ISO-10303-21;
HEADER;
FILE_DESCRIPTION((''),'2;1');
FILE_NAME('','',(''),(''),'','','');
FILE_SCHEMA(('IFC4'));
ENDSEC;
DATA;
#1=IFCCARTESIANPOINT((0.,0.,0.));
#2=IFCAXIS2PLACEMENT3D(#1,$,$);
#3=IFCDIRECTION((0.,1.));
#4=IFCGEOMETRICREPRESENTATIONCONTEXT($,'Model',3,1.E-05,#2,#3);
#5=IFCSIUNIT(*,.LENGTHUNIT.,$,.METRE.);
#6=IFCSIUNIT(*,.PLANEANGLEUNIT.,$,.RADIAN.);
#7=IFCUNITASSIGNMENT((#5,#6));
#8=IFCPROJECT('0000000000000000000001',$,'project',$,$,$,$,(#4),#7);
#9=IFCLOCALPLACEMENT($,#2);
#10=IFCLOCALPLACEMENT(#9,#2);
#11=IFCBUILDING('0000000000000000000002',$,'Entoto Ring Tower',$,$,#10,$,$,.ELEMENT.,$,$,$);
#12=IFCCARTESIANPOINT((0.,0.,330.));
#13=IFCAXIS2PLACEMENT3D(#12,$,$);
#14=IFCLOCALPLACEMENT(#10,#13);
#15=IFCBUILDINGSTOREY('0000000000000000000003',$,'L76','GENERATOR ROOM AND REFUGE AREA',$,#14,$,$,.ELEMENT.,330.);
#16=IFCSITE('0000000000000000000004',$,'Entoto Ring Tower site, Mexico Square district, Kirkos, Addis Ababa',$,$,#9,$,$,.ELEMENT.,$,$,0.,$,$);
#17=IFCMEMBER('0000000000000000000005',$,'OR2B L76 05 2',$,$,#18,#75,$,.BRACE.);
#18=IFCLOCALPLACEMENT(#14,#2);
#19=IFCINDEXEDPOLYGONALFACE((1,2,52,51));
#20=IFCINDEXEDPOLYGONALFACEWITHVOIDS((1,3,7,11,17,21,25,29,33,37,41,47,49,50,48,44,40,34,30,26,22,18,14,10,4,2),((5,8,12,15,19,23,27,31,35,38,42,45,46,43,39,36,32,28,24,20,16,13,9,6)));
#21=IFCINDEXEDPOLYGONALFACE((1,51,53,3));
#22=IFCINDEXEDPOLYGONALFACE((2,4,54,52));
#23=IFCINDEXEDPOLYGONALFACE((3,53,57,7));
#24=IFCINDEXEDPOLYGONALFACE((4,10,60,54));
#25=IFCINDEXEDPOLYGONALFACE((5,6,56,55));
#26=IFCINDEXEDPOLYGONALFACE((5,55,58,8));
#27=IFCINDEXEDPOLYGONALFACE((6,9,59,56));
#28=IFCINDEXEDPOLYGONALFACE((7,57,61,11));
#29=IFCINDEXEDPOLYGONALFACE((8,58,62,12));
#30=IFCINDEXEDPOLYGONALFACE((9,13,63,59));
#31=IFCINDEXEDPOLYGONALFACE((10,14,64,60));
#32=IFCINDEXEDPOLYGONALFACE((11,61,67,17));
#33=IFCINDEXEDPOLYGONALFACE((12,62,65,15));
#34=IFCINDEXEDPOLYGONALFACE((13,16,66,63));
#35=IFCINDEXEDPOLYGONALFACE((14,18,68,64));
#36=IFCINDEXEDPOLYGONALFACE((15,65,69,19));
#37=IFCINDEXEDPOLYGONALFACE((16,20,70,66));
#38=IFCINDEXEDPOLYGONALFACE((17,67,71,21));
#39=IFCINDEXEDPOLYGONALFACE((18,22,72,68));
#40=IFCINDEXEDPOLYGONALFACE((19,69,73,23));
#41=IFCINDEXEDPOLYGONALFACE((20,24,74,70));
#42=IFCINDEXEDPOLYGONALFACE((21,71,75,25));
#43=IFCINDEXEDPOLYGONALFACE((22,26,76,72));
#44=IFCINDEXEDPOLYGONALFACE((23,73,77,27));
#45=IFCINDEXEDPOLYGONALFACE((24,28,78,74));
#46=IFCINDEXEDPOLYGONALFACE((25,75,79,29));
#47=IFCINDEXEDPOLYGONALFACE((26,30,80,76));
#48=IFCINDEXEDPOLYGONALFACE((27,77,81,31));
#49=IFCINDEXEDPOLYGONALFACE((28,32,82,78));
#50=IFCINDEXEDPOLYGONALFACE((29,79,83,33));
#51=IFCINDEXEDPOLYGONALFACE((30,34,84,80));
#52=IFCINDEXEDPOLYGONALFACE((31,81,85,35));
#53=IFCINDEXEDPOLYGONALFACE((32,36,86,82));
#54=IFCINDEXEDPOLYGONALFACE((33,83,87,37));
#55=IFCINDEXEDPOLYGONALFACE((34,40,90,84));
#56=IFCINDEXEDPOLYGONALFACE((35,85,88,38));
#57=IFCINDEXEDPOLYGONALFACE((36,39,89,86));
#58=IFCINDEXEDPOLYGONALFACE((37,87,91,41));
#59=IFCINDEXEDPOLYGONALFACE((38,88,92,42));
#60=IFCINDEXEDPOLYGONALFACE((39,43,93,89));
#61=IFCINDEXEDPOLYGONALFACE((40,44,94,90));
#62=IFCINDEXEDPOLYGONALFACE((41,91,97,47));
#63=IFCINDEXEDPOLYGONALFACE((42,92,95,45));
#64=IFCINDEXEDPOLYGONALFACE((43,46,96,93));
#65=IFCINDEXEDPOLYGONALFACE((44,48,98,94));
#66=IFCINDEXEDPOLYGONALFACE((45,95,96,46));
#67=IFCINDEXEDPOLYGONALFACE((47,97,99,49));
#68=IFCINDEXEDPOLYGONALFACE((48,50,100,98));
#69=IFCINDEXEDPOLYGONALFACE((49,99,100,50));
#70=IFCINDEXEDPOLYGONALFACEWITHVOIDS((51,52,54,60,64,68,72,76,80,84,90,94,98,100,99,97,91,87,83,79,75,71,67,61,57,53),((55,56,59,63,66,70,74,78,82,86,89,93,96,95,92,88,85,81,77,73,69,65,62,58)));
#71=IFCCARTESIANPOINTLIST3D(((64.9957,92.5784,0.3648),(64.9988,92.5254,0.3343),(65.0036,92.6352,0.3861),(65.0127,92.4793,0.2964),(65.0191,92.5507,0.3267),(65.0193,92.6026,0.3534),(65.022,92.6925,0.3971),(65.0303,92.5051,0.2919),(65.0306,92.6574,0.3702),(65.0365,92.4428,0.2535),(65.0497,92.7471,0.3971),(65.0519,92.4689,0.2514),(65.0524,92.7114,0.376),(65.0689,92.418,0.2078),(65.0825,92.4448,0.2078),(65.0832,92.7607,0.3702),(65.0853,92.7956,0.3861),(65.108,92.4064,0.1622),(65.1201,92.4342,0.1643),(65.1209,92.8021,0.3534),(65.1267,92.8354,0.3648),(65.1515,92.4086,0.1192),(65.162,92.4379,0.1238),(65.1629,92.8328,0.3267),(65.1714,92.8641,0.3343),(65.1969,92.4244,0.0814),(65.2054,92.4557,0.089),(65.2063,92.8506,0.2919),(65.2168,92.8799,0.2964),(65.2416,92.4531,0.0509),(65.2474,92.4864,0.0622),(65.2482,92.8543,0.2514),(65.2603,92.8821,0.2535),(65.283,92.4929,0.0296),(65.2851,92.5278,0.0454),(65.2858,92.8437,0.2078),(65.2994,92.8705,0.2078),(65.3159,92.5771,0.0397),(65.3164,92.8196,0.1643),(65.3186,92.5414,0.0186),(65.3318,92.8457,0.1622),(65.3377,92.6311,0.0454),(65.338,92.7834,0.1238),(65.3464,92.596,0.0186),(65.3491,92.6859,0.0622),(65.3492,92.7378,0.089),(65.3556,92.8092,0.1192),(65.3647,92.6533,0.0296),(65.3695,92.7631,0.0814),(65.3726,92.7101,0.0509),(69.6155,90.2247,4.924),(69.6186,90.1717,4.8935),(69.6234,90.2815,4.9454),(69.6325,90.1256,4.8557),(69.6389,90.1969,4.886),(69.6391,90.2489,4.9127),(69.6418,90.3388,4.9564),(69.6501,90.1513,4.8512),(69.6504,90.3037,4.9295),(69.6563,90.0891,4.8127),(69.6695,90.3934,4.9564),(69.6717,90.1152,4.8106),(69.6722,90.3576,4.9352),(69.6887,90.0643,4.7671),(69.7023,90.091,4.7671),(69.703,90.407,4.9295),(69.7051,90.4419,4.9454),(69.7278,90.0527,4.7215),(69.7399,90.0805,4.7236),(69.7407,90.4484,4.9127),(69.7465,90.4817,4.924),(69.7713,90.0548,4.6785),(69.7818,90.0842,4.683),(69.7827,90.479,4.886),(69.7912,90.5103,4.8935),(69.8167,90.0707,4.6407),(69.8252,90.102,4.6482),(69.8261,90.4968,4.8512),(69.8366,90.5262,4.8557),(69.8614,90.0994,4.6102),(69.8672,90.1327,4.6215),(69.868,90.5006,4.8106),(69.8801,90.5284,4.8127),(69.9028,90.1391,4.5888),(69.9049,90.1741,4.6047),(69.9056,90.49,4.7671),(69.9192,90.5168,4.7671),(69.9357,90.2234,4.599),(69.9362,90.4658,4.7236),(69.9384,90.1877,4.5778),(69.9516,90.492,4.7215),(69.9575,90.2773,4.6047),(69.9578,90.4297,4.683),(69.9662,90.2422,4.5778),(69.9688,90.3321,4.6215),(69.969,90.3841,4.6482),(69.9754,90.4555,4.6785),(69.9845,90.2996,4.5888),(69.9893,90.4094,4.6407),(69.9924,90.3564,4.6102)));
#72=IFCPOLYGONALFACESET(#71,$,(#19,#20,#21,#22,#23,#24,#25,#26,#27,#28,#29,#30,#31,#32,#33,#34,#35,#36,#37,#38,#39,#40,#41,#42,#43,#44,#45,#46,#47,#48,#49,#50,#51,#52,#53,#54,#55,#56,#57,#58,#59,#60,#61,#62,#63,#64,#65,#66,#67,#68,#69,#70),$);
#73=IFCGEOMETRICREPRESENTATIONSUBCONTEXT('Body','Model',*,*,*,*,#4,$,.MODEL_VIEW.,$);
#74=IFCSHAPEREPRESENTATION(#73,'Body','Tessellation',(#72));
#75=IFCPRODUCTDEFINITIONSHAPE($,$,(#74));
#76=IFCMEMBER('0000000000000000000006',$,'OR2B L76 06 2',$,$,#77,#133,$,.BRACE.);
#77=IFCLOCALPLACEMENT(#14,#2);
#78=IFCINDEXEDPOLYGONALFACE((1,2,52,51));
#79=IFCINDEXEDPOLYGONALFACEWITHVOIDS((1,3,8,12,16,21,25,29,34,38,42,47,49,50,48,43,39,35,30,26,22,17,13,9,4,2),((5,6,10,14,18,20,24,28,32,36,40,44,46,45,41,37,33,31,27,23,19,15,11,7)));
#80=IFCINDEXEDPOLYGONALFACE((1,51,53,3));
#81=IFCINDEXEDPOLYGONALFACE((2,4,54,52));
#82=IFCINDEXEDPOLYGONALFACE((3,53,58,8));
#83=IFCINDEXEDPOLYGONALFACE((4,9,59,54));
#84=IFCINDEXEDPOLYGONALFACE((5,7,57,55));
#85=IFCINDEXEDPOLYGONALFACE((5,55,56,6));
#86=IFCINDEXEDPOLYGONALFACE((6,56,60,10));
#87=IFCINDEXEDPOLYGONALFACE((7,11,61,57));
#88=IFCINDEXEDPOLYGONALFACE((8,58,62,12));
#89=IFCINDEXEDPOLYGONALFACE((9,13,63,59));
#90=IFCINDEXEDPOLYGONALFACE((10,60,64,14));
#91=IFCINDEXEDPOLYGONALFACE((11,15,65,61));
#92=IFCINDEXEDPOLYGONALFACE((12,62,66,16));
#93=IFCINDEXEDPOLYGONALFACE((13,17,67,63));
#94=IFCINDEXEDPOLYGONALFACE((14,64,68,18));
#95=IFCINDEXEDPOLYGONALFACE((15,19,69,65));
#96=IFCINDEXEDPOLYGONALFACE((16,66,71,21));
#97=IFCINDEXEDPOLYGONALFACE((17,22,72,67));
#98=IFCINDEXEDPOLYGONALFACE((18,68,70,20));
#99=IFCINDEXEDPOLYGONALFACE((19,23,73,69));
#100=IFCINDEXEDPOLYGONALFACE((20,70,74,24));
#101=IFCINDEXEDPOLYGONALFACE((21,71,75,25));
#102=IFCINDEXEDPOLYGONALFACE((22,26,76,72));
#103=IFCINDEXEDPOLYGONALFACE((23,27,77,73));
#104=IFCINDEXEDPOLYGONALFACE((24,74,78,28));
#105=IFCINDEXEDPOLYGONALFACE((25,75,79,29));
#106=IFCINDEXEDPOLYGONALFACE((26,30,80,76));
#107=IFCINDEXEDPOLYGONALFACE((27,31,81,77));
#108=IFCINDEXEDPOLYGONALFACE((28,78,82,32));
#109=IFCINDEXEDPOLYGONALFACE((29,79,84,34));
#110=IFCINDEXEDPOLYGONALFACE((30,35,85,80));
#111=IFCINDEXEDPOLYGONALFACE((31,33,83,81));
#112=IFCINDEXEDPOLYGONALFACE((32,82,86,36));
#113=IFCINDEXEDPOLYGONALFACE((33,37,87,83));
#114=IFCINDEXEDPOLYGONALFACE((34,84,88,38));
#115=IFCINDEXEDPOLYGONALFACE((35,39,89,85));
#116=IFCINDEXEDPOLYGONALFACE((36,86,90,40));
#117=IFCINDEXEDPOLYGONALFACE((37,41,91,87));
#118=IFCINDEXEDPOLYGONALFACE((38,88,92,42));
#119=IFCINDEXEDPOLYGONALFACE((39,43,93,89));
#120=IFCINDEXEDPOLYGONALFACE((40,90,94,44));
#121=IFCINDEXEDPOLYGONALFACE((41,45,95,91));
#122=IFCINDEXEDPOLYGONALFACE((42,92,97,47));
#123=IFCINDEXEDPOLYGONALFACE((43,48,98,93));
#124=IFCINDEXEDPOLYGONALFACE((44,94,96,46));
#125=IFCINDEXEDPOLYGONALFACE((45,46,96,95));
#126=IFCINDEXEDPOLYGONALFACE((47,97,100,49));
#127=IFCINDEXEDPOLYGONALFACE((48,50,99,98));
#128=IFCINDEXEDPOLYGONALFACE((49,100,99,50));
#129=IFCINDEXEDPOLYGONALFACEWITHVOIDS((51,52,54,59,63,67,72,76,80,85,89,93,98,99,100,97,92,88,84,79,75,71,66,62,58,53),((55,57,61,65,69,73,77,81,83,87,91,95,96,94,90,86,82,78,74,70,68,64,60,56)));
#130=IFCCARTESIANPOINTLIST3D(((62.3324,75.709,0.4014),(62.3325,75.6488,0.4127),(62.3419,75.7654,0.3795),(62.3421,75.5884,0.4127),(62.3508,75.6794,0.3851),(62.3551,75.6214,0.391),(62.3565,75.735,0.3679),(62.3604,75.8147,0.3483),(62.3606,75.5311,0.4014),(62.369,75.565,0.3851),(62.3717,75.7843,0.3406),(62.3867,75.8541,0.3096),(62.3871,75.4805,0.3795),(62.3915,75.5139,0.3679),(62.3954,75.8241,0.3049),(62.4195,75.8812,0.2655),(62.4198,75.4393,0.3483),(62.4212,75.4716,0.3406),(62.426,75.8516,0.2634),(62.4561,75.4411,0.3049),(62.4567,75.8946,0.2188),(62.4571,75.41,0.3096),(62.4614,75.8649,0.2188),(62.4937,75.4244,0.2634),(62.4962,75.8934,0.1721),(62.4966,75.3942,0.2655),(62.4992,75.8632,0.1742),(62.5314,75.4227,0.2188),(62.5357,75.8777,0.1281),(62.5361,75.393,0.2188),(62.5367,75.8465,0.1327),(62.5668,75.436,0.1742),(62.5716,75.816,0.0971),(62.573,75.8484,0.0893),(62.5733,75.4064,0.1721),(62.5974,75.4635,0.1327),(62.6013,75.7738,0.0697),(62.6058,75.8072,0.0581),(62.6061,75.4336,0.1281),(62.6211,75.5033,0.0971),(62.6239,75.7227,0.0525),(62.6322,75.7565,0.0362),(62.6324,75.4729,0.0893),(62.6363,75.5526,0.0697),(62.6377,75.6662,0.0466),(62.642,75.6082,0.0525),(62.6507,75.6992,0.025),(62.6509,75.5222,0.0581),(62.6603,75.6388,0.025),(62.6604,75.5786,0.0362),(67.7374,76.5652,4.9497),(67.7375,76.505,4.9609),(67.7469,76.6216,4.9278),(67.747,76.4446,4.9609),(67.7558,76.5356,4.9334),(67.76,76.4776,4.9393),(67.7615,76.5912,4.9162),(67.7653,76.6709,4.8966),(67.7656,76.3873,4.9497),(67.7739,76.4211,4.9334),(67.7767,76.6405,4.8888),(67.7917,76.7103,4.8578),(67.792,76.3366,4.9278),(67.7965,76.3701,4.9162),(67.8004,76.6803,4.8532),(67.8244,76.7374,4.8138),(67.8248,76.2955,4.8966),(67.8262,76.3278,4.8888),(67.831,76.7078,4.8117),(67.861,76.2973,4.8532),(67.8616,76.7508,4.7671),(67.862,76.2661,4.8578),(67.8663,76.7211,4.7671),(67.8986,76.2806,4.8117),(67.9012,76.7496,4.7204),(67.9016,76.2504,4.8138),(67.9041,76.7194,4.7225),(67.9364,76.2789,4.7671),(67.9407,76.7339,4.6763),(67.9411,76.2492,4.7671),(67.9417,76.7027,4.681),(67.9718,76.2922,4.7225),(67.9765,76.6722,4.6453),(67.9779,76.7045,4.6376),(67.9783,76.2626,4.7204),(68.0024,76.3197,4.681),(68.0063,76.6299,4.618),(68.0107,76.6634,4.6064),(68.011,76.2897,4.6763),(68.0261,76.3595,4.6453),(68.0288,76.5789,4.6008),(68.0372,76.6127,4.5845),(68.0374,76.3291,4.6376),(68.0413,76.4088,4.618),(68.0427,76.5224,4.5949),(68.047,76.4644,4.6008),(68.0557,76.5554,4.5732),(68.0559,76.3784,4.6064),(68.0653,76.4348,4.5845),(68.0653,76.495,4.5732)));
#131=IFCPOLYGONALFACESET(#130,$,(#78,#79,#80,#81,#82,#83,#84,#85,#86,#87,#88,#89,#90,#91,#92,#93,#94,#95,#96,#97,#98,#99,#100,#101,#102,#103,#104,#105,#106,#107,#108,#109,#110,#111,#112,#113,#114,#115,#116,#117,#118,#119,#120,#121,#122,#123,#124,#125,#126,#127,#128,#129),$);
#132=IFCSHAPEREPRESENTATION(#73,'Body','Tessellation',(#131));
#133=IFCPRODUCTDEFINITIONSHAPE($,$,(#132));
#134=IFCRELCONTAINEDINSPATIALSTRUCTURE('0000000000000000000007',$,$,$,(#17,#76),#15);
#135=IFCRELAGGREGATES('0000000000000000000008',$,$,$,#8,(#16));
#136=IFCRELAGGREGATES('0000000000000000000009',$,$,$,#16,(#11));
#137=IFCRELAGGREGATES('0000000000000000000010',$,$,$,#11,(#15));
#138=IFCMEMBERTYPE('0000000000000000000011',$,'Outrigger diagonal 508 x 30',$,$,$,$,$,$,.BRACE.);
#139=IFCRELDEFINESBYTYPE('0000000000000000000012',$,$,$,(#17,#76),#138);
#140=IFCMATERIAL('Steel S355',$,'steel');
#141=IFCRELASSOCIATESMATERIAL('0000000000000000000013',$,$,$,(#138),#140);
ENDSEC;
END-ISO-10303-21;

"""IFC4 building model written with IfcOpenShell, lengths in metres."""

from ifc_helpers import new_model, si_unit, direction, frame, origin, origin_2d, place, context, subcontext, project, spatial, circle, hollow_circle, extrude, material, material_profile, profile_set, type_object, element, save


model = new_model("IFC4")

# Units and contexts
model_context = context("Model", 3, precision=1e-05, world=origin(), true_north=direction((0.0, 1.0)))
body_context = subcontext(model_context, "Body", "Model", "MODEL_VIEW")
ifc_project = project(units=[si_unit("LENGTHUNIT", "METRE"), si_unit("PLANEANGLEUNIT", "RADIAN")], contexts=[model_context])

# Site, building, storey
site_placement = place(None, origin())
site = spatial("IfcSite", under=ifc_project, at=site_placement, Name="Entoto Ring Tower site, Mexico Square district, Kirkos, Addis Ababa", CompositionType="ELEMENT", RefElevation=0.0)
building_placement = place(site_placement, origin())
building = spatial("IfcBuilding", under=site, at=building_placement, Name="Entoto Ring Tower", CompositionType="ELEMENT")
storey_placement = place(building_placement, frame((0.0, 0.0, 330.0)))
storey = spatial("IfcBuildingStorey", under=building, at=storey_placement, Name="L76", Description="GENERATOR ROOM AND REFUGE AREA", CompositionType="ELEMENT", Elevation=330.0)

# Members
ifc_material_1 = material(Name="Steel S355", Category="steel")
ifc_material_profile_1 = material_profile(ifc_material_1, hollow_circle(Radius=0.2539, WallThickness=0.03, at=origin_2d()), Name="CHS 508 x 30")
ifc_material_2 = material(Name="Concrete C60/75", Category="concrete")
ifc_material_profile_2 = material_profile(ifc_material_2, circle(Radius=0.2241, at=origin_2d()), Name="Concrete C60/75 infill")
ifc_profile_set_1 = profile_set([ifc_material_profile_1, ifc_material_profile_2], Name="Steel S355")
member_type_1 = type_object("IfcMemberType", Name="Outrigger diagonal 508 x 30", PredefinedType="BRACE", material=ifc_profile_set_1)
member_1_placement = place(storey_placement, frame((69.804, 90.2905, 4.7671), z_axis=(-0.669119, 0.340907, -0.66035), x_axis=(-0.453962, -0.891021, 0.0)))
element("IfcMember", 1, at=member_1_placement, inside=storey, type_object=member_type_1, Name="OR2B L76 05 2", PredefinedType="BRACE", context=body_context, shape_type="SweptSolid", body=[
    extrude(hollow_circle(Radius=0.2539, WallThickness=0.03, at=origin_2d()), origin(), (0.0, 0.0, 1.0), 6.9043),
])
member_2_placement = place(storey_placement, frame((67.9014, 76.5, 4.7671), z_axis=(-0.75958, -0.120324, -0.639188), x_axis=(0.156457, -0.987685, 0.0)))
element("IfcMember", 2, at=member_2_placement, inside=storey, type_object=member_type_1, Name="OR2B L76 06 2", PredefinedType="BRACE", context=body_context, shape_type="SweptSolid", body=[
    extrude(hollow_circle(Radius=0.2539, WallThickness=0.03, at=origin_2d()), origin(), (0.0, 0.0, 1.0), 7.1157),
])

save(model, "model.ifc")
